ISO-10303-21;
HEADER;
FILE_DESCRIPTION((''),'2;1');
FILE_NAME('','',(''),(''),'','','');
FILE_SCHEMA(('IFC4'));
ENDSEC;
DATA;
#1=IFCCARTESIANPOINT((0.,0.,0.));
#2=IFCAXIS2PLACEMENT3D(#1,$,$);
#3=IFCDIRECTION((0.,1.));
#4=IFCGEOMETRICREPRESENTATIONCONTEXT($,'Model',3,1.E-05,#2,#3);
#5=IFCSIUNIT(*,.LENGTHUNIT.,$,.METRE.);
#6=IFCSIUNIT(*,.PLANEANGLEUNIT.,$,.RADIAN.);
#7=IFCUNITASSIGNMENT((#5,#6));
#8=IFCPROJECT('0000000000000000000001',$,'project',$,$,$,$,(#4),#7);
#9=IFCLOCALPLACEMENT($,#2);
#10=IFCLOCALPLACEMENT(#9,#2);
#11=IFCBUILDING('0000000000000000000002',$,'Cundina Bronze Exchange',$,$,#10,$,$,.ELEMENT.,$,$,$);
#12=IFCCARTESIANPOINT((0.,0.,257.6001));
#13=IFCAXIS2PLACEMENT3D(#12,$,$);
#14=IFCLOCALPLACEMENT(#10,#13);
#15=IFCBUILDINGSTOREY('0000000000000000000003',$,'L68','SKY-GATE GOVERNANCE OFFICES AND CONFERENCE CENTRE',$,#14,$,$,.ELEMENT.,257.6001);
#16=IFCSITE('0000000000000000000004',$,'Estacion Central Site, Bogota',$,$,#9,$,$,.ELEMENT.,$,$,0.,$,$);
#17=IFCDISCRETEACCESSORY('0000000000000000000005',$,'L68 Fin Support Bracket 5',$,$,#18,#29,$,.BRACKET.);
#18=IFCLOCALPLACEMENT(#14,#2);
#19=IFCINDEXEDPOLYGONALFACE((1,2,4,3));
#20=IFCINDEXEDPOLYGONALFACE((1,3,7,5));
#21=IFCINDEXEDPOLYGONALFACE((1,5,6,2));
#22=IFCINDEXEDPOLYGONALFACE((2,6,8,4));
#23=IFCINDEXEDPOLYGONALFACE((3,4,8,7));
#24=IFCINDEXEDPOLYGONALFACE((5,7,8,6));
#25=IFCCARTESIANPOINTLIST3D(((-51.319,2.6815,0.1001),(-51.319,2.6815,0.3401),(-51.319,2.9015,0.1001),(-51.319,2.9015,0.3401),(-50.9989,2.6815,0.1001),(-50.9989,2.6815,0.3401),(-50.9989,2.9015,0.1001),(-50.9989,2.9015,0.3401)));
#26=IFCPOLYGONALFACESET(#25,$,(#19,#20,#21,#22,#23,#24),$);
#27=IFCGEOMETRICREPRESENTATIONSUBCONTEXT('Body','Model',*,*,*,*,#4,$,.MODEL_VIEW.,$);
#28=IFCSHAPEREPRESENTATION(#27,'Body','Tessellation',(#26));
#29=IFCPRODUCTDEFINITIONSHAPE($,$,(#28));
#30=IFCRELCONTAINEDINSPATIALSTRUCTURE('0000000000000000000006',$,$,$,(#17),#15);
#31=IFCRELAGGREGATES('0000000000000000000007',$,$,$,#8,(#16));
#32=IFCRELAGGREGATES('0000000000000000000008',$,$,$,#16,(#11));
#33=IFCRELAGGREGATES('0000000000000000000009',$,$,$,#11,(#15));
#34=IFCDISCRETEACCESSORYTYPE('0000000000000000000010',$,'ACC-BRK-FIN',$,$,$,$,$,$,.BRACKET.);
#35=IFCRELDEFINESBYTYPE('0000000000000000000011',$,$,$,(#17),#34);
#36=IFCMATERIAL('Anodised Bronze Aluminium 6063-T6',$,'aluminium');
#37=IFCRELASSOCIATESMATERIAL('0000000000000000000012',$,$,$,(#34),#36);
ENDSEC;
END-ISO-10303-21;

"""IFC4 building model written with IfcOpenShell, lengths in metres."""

from ifc_helpers import new_model, si_unit, direction, frame, origin, origin_2d, place, context, subcontext, project, spatial, rectangle, extrude, material, type_object, element, save


model = new_model("IFC4")

# Units and contexts
model_context = context("Model", 3, precision=1e-05, world=origin(), true_north=direction((0.0, 1.0)))
body_context = subcontext(model_context, "Body", "Model", "MODEL_VIEW")
ifc_project = project(units=[si_unit("LENGTHUNIT", "METRE"), si_unit("PLANEANGLEUNIT", "RADIAN")], contexts=[model_context])

# Site, building, storey
site_placement = place(None, origin())
site = spatial("IfcSite", under=ifc_project, at=site_placement, Name="Estacion Central Site, Bogota", CompositionType="ELEMENT", RefElevation=0.0)
building_placement = place(site_placement, origin())
building = spatial("IfcBuilding", under=site, at=building_placement, Name="Cundina Bronze Exchange", CompositionType="ELEMENT")
storey_placement = place(building_placement, frame((0.0, 0.0, 257.6001)))
storey = spatial("IfcBuildingStorey", under=building, at=storey_placement, Name="L68", Description="SKY-GATE GOVERNANCE OFFICES AND CONFERENCE CENTRE", CompositionType="ELEMENT", Elevation=257.6001)

# Shared definitions
ifc_material_1 = material(Name="Anodised Bronze Aluminium 6063-T6", Category="aluminium")

# Discrete accessory
discrete_accessory_type = type_object("IfcDiscreteAccessoryType", Name="ACC-BRK-FIN", PredefinedType="BRACKET", material=ifc_material_1)
discrete_accessory_placement = place(storey_placement, frame((-51.1589, 2.7915, 0.1001), z_axis=(0.0, 0.0, 1.0), x_axis=(0.0, -1.0, 0.0)))
element("IfcDiscreteAccessory", 1, at=discrete_accessory_placement, inside=storey, type_object=discrete_accessory_type, Name="L68 Fin Support Bracket 5", PredefinedType="BRACKET", context=body_context, shape_type="SweptSolid", body=[
    extrude(rectangle(XDim=0.22, YDim=0.3201, at=origin_2d()), origin(), (0.0, 0.0, 1.0), 0.24),
])

save(model, "model.ifc")
